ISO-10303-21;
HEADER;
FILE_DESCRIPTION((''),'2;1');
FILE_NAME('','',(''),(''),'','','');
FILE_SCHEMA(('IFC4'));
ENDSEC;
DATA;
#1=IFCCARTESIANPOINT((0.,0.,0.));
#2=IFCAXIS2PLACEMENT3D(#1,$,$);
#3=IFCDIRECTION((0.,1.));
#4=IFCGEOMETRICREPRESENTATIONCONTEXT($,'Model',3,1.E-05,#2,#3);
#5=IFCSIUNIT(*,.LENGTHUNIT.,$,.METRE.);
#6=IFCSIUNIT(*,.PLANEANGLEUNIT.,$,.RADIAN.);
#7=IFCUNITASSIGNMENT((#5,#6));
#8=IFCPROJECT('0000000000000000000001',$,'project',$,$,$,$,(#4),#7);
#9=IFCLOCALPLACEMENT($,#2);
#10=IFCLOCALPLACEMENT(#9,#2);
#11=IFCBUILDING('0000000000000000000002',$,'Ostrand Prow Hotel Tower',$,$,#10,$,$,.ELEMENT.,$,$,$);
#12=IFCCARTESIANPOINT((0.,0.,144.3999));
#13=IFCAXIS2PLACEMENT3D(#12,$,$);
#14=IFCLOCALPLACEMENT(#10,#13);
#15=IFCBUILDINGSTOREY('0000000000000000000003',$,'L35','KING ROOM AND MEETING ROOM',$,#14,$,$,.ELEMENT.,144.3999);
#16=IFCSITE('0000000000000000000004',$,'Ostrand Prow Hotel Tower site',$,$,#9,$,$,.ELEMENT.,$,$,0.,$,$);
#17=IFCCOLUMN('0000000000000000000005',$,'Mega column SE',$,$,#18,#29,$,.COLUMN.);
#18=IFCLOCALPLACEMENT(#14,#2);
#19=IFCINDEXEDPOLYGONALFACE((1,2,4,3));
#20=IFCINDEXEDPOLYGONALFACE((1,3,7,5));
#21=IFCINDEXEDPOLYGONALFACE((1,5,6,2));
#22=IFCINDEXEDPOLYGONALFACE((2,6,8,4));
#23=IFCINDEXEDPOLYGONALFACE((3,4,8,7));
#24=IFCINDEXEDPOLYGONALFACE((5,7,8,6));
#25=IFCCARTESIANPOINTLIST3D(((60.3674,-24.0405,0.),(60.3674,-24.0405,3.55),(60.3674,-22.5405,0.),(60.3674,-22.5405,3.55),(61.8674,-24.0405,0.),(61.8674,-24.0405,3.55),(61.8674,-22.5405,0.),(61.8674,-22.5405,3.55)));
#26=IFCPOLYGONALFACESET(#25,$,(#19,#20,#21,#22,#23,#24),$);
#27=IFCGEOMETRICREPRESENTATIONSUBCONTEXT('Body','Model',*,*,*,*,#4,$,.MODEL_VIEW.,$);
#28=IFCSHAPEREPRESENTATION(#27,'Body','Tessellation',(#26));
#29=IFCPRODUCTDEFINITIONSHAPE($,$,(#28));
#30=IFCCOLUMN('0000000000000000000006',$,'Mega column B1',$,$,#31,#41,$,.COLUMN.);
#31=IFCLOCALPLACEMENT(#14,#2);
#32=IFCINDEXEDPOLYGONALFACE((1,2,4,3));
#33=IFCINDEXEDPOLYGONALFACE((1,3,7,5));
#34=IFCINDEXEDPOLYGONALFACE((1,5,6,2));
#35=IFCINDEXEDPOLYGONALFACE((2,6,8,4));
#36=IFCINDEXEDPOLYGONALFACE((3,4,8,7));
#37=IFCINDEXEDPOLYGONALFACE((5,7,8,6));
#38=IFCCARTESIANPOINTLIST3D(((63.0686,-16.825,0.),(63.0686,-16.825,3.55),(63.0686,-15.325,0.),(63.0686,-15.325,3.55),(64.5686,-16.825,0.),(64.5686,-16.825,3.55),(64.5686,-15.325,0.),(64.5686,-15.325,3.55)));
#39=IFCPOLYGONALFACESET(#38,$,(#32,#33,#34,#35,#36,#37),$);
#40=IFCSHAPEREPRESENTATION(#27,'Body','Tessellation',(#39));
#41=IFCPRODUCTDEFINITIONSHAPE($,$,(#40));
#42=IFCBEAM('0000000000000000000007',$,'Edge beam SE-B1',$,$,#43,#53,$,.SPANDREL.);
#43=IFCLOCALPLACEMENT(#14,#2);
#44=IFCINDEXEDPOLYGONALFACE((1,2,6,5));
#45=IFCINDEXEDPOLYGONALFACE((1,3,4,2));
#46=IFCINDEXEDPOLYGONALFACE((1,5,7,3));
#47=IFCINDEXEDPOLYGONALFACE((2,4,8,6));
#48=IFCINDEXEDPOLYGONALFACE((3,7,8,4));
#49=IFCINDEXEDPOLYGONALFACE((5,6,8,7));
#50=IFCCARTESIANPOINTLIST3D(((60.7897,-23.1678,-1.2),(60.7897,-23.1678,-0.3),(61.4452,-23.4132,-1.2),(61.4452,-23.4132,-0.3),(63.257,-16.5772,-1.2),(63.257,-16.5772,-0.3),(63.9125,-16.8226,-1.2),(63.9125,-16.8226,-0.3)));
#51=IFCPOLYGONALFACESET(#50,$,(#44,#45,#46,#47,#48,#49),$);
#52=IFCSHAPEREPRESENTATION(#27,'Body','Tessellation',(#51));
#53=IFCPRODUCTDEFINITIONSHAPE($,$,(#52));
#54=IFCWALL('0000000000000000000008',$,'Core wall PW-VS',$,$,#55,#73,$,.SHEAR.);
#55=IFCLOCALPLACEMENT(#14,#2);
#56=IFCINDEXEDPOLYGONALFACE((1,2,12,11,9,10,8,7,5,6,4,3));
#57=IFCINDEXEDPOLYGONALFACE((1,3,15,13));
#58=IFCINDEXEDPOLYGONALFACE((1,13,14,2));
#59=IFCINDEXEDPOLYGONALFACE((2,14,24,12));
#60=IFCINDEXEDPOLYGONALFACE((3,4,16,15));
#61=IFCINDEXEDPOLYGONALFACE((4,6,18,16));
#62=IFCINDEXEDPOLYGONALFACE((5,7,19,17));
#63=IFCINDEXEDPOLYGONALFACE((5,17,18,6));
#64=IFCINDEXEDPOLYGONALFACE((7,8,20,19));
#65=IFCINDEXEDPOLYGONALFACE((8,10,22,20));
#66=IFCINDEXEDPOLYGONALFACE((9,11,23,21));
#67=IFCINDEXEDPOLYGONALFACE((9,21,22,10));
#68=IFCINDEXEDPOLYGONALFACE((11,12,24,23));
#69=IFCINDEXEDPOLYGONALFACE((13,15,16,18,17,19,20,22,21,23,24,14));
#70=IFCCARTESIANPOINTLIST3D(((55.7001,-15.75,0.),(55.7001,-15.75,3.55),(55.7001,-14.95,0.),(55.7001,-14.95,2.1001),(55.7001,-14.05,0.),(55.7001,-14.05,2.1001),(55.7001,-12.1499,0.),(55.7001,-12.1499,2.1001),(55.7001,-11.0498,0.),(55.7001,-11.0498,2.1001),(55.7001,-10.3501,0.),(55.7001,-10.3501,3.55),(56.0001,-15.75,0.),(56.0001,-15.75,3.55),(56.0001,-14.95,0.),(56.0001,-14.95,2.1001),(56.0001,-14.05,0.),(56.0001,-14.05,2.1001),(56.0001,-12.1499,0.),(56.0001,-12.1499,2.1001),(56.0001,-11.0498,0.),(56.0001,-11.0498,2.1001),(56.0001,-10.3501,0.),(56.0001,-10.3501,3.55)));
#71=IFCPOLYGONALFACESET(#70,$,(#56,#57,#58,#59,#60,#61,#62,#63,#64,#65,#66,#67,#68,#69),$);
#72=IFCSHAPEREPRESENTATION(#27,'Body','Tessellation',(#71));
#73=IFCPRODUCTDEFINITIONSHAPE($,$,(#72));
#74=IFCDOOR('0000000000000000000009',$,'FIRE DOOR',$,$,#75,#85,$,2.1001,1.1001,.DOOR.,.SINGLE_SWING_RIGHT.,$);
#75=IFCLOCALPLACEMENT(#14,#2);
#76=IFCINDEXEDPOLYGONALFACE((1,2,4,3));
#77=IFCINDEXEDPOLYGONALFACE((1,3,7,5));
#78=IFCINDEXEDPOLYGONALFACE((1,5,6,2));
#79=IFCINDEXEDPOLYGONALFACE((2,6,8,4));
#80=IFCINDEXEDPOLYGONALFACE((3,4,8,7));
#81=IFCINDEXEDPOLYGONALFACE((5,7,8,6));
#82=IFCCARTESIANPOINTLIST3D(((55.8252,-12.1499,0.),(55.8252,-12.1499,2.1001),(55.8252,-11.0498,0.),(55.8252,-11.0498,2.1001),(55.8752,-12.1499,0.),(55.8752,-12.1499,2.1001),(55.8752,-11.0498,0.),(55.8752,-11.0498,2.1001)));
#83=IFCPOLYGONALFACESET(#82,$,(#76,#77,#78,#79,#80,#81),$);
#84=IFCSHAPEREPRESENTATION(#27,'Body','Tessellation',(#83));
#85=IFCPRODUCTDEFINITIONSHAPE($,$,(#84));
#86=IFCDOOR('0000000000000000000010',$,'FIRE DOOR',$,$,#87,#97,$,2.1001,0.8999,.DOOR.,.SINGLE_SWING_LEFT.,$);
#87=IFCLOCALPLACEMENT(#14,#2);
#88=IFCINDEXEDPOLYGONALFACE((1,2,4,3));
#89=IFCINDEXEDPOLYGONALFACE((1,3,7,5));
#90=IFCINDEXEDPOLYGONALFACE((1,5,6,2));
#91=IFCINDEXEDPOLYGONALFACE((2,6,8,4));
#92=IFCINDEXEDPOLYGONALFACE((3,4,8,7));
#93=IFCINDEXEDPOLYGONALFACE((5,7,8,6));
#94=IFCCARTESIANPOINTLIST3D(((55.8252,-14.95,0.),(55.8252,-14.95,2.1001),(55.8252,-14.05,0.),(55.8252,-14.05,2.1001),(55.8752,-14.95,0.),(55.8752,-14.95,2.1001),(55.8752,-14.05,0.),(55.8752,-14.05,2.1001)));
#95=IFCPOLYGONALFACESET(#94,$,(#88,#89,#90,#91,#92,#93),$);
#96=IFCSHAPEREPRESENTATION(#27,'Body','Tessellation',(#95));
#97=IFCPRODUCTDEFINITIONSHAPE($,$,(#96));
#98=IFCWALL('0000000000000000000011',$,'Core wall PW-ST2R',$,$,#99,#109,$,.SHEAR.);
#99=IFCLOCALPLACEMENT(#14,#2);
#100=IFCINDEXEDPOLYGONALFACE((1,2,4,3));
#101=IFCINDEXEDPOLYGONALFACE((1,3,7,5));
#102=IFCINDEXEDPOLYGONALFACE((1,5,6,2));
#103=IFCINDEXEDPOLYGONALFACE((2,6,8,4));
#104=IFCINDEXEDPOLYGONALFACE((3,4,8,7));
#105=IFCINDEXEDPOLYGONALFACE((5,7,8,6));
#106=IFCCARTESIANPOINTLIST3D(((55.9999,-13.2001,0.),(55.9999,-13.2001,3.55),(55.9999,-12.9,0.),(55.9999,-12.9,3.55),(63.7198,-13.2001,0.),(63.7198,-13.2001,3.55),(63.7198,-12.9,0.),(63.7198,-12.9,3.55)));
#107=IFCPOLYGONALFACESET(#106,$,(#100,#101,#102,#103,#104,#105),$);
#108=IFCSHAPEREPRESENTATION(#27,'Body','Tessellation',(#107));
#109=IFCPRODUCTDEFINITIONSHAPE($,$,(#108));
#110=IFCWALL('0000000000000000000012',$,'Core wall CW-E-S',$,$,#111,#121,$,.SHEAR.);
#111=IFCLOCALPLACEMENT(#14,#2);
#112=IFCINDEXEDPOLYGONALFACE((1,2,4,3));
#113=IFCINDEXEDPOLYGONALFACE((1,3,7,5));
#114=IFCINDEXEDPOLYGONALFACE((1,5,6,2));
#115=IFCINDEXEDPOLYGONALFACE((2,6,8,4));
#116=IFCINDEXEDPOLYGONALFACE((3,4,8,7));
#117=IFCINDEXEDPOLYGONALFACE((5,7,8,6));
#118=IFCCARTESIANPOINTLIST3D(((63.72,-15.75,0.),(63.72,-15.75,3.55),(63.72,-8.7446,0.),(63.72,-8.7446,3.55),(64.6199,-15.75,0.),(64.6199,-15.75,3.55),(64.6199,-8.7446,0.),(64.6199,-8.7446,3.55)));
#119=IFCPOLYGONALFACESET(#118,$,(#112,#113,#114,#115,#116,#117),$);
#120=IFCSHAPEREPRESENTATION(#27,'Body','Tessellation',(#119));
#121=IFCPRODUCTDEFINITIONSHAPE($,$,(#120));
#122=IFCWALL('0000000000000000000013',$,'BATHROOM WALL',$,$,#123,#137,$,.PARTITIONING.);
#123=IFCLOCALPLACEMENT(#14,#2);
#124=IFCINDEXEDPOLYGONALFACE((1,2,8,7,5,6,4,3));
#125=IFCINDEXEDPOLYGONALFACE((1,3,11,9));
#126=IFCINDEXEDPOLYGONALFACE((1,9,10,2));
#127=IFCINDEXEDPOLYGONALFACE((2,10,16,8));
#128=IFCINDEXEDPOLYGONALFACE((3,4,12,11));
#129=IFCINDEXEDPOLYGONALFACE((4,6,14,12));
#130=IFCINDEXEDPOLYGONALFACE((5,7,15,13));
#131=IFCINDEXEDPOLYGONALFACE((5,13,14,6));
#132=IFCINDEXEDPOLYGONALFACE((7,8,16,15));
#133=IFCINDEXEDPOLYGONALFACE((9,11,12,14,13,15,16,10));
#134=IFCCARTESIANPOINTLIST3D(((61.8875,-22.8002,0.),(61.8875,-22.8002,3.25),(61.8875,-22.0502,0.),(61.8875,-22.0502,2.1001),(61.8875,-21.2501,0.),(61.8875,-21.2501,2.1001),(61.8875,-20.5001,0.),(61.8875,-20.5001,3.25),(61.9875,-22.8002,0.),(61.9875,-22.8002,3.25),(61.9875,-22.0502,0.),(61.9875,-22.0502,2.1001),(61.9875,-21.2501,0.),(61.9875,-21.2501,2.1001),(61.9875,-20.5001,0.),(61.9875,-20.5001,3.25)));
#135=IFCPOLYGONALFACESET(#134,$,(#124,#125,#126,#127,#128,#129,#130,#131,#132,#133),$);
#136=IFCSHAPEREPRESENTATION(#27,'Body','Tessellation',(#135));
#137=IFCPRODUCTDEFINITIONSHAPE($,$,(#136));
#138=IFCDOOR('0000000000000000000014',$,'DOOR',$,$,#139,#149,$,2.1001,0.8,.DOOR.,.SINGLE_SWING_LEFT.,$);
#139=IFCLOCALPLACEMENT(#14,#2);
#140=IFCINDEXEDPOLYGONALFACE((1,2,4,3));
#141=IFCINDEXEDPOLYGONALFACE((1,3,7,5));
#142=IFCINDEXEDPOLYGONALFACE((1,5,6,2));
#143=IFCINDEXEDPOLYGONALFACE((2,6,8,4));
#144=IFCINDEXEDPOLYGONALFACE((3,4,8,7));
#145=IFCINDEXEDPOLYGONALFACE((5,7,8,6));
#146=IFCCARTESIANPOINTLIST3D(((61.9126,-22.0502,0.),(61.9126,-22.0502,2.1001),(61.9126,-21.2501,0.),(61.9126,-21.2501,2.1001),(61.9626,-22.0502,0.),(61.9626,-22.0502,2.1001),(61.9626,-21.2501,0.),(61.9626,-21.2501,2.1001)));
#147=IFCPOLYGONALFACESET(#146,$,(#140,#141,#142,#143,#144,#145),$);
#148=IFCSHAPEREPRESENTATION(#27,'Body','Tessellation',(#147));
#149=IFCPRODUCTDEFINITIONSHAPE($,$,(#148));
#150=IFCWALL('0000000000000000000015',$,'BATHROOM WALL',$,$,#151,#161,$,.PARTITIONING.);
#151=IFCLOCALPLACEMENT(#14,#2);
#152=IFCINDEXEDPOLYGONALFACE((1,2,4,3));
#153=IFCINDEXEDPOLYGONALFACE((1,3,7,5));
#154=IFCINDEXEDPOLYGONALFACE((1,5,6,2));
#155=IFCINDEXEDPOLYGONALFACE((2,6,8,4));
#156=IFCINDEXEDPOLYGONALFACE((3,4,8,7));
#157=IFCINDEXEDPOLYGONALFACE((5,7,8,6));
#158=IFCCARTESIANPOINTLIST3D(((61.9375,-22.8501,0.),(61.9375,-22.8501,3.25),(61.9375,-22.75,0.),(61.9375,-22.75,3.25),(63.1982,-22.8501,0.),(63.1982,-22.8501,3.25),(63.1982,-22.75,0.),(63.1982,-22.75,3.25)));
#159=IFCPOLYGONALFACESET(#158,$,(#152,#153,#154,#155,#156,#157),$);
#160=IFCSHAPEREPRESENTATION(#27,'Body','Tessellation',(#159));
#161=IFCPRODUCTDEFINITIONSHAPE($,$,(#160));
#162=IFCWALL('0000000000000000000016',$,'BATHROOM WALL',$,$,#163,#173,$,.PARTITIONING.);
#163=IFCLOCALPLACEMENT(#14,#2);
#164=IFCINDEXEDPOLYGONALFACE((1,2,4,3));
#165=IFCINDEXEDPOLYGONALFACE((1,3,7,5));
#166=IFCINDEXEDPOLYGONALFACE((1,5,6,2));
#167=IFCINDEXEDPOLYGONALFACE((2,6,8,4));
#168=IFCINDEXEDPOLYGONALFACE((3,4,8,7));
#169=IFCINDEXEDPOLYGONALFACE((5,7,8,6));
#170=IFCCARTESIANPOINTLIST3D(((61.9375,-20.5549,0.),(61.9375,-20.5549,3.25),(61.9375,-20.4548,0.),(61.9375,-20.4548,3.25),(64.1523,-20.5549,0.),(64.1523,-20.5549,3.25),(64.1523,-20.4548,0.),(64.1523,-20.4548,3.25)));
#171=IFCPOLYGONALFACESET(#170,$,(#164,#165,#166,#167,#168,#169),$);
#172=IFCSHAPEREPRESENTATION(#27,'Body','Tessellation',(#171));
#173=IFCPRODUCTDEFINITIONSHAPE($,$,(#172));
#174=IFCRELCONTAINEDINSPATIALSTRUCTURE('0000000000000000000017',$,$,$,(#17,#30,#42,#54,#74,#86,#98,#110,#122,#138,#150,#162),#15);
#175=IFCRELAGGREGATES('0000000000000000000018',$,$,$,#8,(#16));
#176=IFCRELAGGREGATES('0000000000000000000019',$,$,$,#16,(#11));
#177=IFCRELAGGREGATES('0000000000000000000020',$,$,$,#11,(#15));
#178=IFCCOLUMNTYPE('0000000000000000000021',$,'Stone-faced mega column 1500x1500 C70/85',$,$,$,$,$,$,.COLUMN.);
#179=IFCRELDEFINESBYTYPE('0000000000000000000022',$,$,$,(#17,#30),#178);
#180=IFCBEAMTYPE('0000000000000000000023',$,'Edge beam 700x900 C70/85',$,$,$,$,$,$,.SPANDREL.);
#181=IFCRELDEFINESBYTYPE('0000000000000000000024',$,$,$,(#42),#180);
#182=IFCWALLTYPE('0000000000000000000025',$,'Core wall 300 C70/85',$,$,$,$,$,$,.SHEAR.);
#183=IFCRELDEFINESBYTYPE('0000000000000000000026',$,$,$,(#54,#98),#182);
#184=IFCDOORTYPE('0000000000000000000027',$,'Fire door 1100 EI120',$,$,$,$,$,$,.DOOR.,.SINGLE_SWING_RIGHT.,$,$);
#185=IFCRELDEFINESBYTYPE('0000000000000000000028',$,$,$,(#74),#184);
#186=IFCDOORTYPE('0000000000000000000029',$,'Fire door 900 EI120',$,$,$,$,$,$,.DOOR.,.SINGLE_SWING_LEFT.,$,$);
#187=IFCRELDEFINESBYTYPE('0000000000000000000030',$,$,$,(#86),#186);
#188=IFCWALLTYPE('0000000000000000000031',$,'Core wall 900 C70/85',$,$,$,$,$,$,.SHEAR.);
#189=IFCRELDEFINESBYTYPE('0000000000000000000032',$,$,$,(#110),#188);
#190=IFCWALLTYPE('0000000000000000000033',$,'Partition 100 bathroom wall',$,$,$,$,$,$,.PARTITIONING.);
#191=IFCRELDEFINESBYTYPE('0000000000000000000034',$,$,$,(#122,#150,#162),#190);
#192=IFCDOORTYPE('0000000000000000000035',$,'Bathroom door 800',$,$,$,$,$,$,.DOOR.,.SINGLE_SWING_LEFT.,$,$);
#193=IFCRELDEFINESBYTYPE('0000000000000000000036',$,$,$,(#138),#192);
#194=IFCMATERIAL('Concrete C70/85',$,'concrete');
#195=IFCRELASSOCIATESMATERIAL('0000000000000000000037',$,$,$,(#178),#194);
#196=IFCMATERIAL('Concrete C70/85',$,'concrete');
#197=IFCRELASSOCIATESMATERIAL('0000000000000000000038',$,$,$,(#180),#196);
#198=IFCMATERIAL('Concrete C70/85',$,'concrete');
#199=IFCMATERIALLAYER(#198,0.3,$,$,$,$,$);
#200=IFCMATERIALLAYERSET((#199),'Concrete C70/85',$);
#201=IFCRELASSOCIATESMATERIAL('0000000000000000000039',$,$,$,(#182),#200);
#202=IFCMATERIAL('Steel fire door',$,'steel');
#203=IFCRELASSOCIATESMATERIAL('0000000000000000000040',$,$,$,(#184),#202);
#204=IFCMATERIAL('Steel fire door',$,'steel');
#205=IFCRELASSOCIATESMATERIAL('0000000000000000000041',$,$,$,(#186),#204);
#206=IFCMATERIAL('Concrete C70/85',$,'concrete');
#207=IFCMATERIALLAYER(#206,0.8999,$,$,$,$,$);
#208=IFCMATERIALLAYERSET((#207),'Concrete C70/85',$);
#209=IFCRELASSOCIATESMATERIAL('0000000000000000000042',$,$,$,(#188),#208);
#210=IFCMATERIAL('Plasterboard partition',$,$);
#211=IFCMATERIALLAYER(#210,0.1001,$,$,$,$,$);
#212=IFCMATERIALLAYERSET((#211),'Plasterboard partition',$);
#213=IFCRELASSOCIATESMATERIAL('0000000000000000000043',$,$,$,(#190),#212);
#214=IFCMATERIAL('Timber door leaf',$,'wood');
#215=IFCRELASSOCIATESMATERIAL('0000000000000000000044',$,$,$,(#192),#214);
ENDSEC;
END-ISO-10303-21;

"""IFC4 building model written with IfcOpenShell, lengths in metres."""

from ifc_helpers import new_model, si_unit, direction, frame, frame_2d, origin, origin_2d, place, context, subcontext, project, spatial, rectangle, extrude, material, layer, layer_set, material_profile, profile_set, type_object, element, fill, save


model = new_model("IFC4")

# Units and contexts
model_context = context("Model", 3, precision=1e-05, world=origin(), true_north=direction((0.0, 1.0)))
body_context = subcontext(model_context, "Body", "Model", "MODEL_VIEW")
ifc_project = project(units=[si_unit("LENGTHUNIT", "METRE"), si_unit("PLANEANGLEUNIT", "RADIAN")], contexts=[model_context])

# Site, building, storey
site_placement = place(None, origin())
site = spatial("IfcSite", under=ifc_project, at=site_placement, Name="Ostrand Prow Hotel Tower site", CompositionType="ELEMENT", RefElevation=0.0)
building_placement = place(site_placement, origin())
building = spatial("IfcBuilding", under=site, at=building_placement, Name="Ostrand Prow Hotel Tower", CompositionType="ELEMENT")
storey_placement = place(building_placement, frame((0.0, 0.0, 144.3999)))
storey = spatial("IfcBuildingStorey", under=building, at=storey_placement, Name="L35", Description="KING ROOM AND MEETING ROOM", CompositionType="ELEMENT", Elevation=144.3999)

# Columns
ifc_material_1 = material(Name="Concrete C70/85", Category="concrete")
ifc_material_profile_1 = material_profile(ifc_material_1, rectangle(XDim=1.5, YDim=1.5, at=origin_2d()), Name="RC 1500x1500")
ifc_profile_set_1 = profile_set([ifc_material_profile_1], Name="Concrete C70/85")
column_type = type_object("IfcColumnType", Name="Stone-faced mega column 1500x1500 C70/85", PredefinedType="COLUMN", material=ifc_profile_set_1)
for number, where, z_axis, x_axis, name in (
    (1, (61.1174, -23.2905, 0.0), (0.0, 0.0, 1.0), (1.0, 0.0, 0.0), "Mega column SE"),
    (2, (63.8186, -16.075, 0.0), (0.0, 0.0, 1.0), (1.0, 0.0, 0.0), "Mega column B1"),
):
    element("IfcColumn", number, at=place(storey_placement, frame(where, z_axis=z_axis, x_axis=x_axis)), inside=storey, type_object=column_type, Name=name, PredefinedType="COLUMN", context=body_context, shape_type="SweptSolid", body=[
        extrude(rectangle(XDim=1.5, YDim=1.5, at=origin_2d()), origin(), (0.0, 0.0, 1.0), 3.55),
    ])

# Beam
ifc_material_2 = material(Name="Concrete C70/85", Category="concrete")
ifc_material_profile_2 = material_profile(ifc_material_2, rectangle(XDim=0.7, YDim=0.8999, at=origin_2d()), Name="RC 700x900")
ifc_profile_set_2 = profile_set([ifc_material_profile_2], Name="Concrete C70/85")
beam_type = type_object("IfcBeamType", Name="Edge beam 700x900 C70/85", PredefinedType="SPANDREL", material=ifc_profile_set_2)
beam_placement = place(storey_placement, frame((61.1174, -23.2905, -0.75), z_axis=(0.350603, 0.936524, 0.0), x_axis=(-0.936524, 0.350603, 0.0)))
element("IfcBeam", 3, at=beam_placement, inside=storey, type_object=beam_type, Name="Edge beam SE-B1", PredefinedType="SPANDREL", context=body_context, shape_type="SweptSolid", body=[
    extrude(rectangle(XDim=0.7, YDim=0.8999, at=origin_2d()), origin(), (0.0, 0.0, 1.0), 7.0374),
])

# Wall, openings, doors
ifc_material_3 = material(Name="Concrete C70/85", Category="concrete")
ifc_layer_1 = layer(ifc_material_3, 0.3)
ifc_layer_set_1 = layer_set([ifc_layer_1], Name="Concrete C70/85")
wall_type_1 = type_object("IfcWallType", Name="Core wall 300 C70/85", PredefinedType="SHEAR", material=ifc_layer_set_1)
wall_1_placement = place(storey_placement, frame((55.8501, -15.75, 0.0), z_axis=(0.0, 0.0, 1.0), x_axis=(0.0, 1.0, 0.0)))
wall_1 = element("IfcWall", 4, at=wall_1_placement, inside=storey, type_object=wall_type_1, Name="Core wall PW-VS", PredefinedType="SHEAR", context=body_context, shape_type="SweptSolid", body=[
    extrude(rectangle(XDim=5.3999, YDim=0.3, at=frame_2d((2.7, 0.0))), origin(), (0.0, 0.0, 1.0), 3.55),
])
opening_1_placement = place(wall_1_placement, frame((3.6001, 0.0, 0.0)))
opening_1 = element("IfcOpeningElement", 5, at=opening_1_placement, cuts=wall_1, PredefinedType="OPENING", context=body_context, shape_type="SweptSolid", body=[
    extrude(rectangle(XDim=1.1001, YDim=2.1001, at=frame_2d((0.55, 1.05))), frame((0.0, 0.1599, 0.0), z_axis=(0.0, -1.0, 0.0), x_axis=(1.0, 0.0, 0.0)), (0.0, 0.0, 1.0), 0.3201),
])
opening_2_placement = place(wall_1_placement, frame((0.8, 0.0, 0.0)))
opening_2 = element("IfcOpeningElement", 6, at=opening_2_placement, cuts=wall_1, PredefinedType="OPENING", context=body_context, shape_type="SweptSolid", body=[
    extrude(rectangle(XDim=0.8999, YDim=2.1001, at=frame_2d((0.45, 1.05))), frame((0.0, 0.1599, 0.0), z_axis=(0.0, -1.0, 0.0), x_axis=(1.0, 0.0, 0.0)), (0.0, 0.0, 1.0), 0.3201),
])
ifc_material_4 = material(Name="Steel fire door", Category="steel")
door_type_1 = type_object("IfcDoorType", Name="Fire door 1100 EI120", OperationType="SINGLE_SWING_RIGHT", PredefinedType="DOOR", material=ifc_material_4)
door_1_placement = place(opening_1_placement, origin())
door_1 = element("IfcDoor", 7, at=door_1_placement, inside=storey, type_object=door_type_1, Name="FIRE DOOR", OperationType="SINGLE_SWING_RIGHT", OverallHeight=2.1001, OverallWidth=1.1001, PredefinedType="DOOR", context=body_context, shape_type="SweptSolid", body=[
    extrude(rectangle(XDim=1.1001, YDim=2.1001, at=frame_2d((0.55, 1.05))), frame((0.0, 0.0249, 0.0), z_axis=(0.0, -1.0, 0.0), x_axis=(1.0, 0.0, 0.0)), (0.0, 0.0, 1.0), 0.05),
])
fill(opening_1, door_1)
ifc_material_5 = material(Name="Steel fire door", Category="steel")
door_type_2 = type_object("IfcDoorType", Name="Fire door 900 EI120", OperationType="SINGLE_SWING_LEFT", PredefinedType="DOOR", material=ifc_material_5)
door_2_placement = place(opening_2_placement, origin())
door_2 = element("IfcDoor", 8, at=door_2_placement, inside=storey, type_object=door_type_2, Name="FIRE DOOR", OperationType="SINGLE_SWING_LEFT", OverallHeight=2.1001, OverallWidth=0.8999, PredefinedType="DOOR", context=body_context, shape_type="SweptSolid", body=[
    extrude(rectangle(XDim=0.8999, YDim=2.1001, at=frame_2d((0.45, 1.05))), frame((0.0, 0.0249, 0.0), z_axis=(0.0, -1.0, 0.0), x_axis=(1.0, 0.0, 0.0)), (0.0, 0.0, 1.0), 0.05),
])
fill(opening_2, door_2)

# Walls
wall_2_placement = place(storey_placement, frame((56.0, -13.05, 0.0), z_axis=(0.0, 0.0, 1.0), x_axis=(1.0, 0.0, 0.0)))
element("IfcWall", 9, at=wall_2_placement, inside=storey, type_object=wall_type_1, Name="Core wall PW-ST2R", PredefinedType="SHEAR", context=body_context, shape_type="SweptSolid", body=[
    extrude(rectangle(XDim=7.72, YDim=0.3, at=frame_2d((3.8599, 0.0))), origin(), (0.0, 0.0, 1.0), 3.55),
])
ifc_material_6 = material(Name="Concrete C70/85", Category="concrete")
ifc_layer_2 = layer(ifc_material_6, 0.8999)
ifc_layer_set_2 = layer_set([ifc_layer_2], Name="Concrete C70/85")
wall_type_2 = type_object("IfcWallType", Name="Core wall 900 C70/85", PredefinedType="SHEAR", material=ifc_layer_set_2)
wall_3_placement = place(storey_placement, frame((64.1699, -15.75, 0.0), z_axis=(0.0, 0.0, 1.0), x_axis=(0.0, 1.0, 0.0)))
element("IfcWall", 10, at=wall_3_placement, inside=storey, type_object=wall_type_2, Name="Core wall CW-E-S", PredefinedType="SHEAR", context=body_context, shape_type="SweptSolid", body=[
    extrude(rectangle(XDim=7.0054, YDim=0.8999, at=frame_2d((3.5027, 0.0))), origin(), (0.0, 0.0, 1.0), 3.55),
])

# Wall, opening, door
ifc_material_7 = material(Name="Plasterboard partition")
ifc_layer_3 = layer(ifc_material_7, 0.1001)
ifc_layer_set_3 = layer_set([ifc_layer_3], Name="Plasterboard partition")
wall_type_3 = type_object("IfcWallType", Name="Partition 100 bathroom wall", PredefinedType="PARTITIONING", material=ifc_layer_set_3)
wall_4_placement = place(storey_placement, frame((61.9375, -22.8, 0.0), z_axis=(0.0, 0.0, 1.0), x_axis=(0.0, 1.0, 0.0)))
wall_4 = element("IfcWall", 11, at=wall_4_placement, inside=storey, type_object=wall_type_3, Name="BATHROOM WALL", PredefinedType="PARTITIONING", context=body_context, shape_type="SweptSolid", body=[
    extrude(rectangle(XDim=2.3, YDim=0.1001, at=frame_2d((1.1499, 0.0))), origin(), (0.0, 0.0, 1.0), 3.25),
])
opening_3_placement = place(wall_4_placement, frame((0.75, 0.0, 0.0)))
opening_3 = element("IfcOpeningElement", 12, at=opening_3_placement, cuts=wall_4, PredefinedType="OPENING", context=body_context, shape_type="SweptSolid", body=[
    extrude(rectangle(XDim=0.8, YDim=2.1001, at=frame_2d((0.3999, 1.05))), frame((0.0, 0.0601, 0.0), z_axis=(0.0, -1.0, 0.0), x_axis=(1.0, 0.0, 0.0)), (0.0, 0.0, 1.0), 0.1201),
])
ifc_material_8 = material(Name="Timber door leaf", Category="wood")
door_type_3 = type_object("IfcDoorType", Name="Bathroom door 800", OperationType="SINGLE_SWING_LEFT", PredefinedType="DOOR", material=ifc_material_8)
door_3_placement = place(opening_3_placement, origin())
door_3 = element("IfcDoor", 13, at=door_3_placement, inside=storey, type_object=door_type_3, Name="DOOR", OperationType="SINGLE_SWING_LEFT", OverallHeight=2.1001, OverallWidth=0.8, PredefinedType="DOOR", context=body_context, shape_type="SweptSolid", body=[
    extrude(rectangle(XDim=0.8, YDim=2.1001, at=frame_2d((0.3999, 1.05))), frame((0.0, 0.0249, 0.0), z_axis=(0.0, -1.0, 0.0), x_axis=(1.0, 0.0, 0.0)), (0.0, 0.0, 1.0), 0.05),
])
fill(opening_3, door_3)

# Walls
wall_5_placement = place(storey_placement, frame((63.1982, -22.8, 0.0), z_axis=(0.0, 0.0, 1.0), x_axis=(-1.0, 0.0, 0.0)))
element("IfcWall", 14, at=wall_5_placement, inside=storey, type_object=wall_type_3, Name="BATHROOM WALL", PredefinedType="PARTITIONING", context=body_context, shape_type="SweptSolid", body=[
    extrude(rectangle(XDim=1.2607, YDim=0.1001, at=frame_2d((0.6304, 0.0))), origin(), (0.0, 0.0, 1.0), 3.25),
])
wall_6_placement = place(storey_placement, frame((61.9375, -20.5049, 0.0), z_axis=(0.0, 0.0, 1.0), x_axis=(1.0, 0.0, 0.0)))
element("IfcWall", 15, at=wall_6_placement, inside=storey, type_object=wall_type_3, Name="BATHROOM WALL", PredefinedType="PARTITIONING", context=body_context, shape_type="SweptSolid", body=[
    extrude(rectangle(XDim=2.2148, YDim=0.1001, at=frame_2d((1.1074, 0.0))), origin(), (0.0, 0.0, 1.0), 3.25),
])

save(model, "model.ifc")
